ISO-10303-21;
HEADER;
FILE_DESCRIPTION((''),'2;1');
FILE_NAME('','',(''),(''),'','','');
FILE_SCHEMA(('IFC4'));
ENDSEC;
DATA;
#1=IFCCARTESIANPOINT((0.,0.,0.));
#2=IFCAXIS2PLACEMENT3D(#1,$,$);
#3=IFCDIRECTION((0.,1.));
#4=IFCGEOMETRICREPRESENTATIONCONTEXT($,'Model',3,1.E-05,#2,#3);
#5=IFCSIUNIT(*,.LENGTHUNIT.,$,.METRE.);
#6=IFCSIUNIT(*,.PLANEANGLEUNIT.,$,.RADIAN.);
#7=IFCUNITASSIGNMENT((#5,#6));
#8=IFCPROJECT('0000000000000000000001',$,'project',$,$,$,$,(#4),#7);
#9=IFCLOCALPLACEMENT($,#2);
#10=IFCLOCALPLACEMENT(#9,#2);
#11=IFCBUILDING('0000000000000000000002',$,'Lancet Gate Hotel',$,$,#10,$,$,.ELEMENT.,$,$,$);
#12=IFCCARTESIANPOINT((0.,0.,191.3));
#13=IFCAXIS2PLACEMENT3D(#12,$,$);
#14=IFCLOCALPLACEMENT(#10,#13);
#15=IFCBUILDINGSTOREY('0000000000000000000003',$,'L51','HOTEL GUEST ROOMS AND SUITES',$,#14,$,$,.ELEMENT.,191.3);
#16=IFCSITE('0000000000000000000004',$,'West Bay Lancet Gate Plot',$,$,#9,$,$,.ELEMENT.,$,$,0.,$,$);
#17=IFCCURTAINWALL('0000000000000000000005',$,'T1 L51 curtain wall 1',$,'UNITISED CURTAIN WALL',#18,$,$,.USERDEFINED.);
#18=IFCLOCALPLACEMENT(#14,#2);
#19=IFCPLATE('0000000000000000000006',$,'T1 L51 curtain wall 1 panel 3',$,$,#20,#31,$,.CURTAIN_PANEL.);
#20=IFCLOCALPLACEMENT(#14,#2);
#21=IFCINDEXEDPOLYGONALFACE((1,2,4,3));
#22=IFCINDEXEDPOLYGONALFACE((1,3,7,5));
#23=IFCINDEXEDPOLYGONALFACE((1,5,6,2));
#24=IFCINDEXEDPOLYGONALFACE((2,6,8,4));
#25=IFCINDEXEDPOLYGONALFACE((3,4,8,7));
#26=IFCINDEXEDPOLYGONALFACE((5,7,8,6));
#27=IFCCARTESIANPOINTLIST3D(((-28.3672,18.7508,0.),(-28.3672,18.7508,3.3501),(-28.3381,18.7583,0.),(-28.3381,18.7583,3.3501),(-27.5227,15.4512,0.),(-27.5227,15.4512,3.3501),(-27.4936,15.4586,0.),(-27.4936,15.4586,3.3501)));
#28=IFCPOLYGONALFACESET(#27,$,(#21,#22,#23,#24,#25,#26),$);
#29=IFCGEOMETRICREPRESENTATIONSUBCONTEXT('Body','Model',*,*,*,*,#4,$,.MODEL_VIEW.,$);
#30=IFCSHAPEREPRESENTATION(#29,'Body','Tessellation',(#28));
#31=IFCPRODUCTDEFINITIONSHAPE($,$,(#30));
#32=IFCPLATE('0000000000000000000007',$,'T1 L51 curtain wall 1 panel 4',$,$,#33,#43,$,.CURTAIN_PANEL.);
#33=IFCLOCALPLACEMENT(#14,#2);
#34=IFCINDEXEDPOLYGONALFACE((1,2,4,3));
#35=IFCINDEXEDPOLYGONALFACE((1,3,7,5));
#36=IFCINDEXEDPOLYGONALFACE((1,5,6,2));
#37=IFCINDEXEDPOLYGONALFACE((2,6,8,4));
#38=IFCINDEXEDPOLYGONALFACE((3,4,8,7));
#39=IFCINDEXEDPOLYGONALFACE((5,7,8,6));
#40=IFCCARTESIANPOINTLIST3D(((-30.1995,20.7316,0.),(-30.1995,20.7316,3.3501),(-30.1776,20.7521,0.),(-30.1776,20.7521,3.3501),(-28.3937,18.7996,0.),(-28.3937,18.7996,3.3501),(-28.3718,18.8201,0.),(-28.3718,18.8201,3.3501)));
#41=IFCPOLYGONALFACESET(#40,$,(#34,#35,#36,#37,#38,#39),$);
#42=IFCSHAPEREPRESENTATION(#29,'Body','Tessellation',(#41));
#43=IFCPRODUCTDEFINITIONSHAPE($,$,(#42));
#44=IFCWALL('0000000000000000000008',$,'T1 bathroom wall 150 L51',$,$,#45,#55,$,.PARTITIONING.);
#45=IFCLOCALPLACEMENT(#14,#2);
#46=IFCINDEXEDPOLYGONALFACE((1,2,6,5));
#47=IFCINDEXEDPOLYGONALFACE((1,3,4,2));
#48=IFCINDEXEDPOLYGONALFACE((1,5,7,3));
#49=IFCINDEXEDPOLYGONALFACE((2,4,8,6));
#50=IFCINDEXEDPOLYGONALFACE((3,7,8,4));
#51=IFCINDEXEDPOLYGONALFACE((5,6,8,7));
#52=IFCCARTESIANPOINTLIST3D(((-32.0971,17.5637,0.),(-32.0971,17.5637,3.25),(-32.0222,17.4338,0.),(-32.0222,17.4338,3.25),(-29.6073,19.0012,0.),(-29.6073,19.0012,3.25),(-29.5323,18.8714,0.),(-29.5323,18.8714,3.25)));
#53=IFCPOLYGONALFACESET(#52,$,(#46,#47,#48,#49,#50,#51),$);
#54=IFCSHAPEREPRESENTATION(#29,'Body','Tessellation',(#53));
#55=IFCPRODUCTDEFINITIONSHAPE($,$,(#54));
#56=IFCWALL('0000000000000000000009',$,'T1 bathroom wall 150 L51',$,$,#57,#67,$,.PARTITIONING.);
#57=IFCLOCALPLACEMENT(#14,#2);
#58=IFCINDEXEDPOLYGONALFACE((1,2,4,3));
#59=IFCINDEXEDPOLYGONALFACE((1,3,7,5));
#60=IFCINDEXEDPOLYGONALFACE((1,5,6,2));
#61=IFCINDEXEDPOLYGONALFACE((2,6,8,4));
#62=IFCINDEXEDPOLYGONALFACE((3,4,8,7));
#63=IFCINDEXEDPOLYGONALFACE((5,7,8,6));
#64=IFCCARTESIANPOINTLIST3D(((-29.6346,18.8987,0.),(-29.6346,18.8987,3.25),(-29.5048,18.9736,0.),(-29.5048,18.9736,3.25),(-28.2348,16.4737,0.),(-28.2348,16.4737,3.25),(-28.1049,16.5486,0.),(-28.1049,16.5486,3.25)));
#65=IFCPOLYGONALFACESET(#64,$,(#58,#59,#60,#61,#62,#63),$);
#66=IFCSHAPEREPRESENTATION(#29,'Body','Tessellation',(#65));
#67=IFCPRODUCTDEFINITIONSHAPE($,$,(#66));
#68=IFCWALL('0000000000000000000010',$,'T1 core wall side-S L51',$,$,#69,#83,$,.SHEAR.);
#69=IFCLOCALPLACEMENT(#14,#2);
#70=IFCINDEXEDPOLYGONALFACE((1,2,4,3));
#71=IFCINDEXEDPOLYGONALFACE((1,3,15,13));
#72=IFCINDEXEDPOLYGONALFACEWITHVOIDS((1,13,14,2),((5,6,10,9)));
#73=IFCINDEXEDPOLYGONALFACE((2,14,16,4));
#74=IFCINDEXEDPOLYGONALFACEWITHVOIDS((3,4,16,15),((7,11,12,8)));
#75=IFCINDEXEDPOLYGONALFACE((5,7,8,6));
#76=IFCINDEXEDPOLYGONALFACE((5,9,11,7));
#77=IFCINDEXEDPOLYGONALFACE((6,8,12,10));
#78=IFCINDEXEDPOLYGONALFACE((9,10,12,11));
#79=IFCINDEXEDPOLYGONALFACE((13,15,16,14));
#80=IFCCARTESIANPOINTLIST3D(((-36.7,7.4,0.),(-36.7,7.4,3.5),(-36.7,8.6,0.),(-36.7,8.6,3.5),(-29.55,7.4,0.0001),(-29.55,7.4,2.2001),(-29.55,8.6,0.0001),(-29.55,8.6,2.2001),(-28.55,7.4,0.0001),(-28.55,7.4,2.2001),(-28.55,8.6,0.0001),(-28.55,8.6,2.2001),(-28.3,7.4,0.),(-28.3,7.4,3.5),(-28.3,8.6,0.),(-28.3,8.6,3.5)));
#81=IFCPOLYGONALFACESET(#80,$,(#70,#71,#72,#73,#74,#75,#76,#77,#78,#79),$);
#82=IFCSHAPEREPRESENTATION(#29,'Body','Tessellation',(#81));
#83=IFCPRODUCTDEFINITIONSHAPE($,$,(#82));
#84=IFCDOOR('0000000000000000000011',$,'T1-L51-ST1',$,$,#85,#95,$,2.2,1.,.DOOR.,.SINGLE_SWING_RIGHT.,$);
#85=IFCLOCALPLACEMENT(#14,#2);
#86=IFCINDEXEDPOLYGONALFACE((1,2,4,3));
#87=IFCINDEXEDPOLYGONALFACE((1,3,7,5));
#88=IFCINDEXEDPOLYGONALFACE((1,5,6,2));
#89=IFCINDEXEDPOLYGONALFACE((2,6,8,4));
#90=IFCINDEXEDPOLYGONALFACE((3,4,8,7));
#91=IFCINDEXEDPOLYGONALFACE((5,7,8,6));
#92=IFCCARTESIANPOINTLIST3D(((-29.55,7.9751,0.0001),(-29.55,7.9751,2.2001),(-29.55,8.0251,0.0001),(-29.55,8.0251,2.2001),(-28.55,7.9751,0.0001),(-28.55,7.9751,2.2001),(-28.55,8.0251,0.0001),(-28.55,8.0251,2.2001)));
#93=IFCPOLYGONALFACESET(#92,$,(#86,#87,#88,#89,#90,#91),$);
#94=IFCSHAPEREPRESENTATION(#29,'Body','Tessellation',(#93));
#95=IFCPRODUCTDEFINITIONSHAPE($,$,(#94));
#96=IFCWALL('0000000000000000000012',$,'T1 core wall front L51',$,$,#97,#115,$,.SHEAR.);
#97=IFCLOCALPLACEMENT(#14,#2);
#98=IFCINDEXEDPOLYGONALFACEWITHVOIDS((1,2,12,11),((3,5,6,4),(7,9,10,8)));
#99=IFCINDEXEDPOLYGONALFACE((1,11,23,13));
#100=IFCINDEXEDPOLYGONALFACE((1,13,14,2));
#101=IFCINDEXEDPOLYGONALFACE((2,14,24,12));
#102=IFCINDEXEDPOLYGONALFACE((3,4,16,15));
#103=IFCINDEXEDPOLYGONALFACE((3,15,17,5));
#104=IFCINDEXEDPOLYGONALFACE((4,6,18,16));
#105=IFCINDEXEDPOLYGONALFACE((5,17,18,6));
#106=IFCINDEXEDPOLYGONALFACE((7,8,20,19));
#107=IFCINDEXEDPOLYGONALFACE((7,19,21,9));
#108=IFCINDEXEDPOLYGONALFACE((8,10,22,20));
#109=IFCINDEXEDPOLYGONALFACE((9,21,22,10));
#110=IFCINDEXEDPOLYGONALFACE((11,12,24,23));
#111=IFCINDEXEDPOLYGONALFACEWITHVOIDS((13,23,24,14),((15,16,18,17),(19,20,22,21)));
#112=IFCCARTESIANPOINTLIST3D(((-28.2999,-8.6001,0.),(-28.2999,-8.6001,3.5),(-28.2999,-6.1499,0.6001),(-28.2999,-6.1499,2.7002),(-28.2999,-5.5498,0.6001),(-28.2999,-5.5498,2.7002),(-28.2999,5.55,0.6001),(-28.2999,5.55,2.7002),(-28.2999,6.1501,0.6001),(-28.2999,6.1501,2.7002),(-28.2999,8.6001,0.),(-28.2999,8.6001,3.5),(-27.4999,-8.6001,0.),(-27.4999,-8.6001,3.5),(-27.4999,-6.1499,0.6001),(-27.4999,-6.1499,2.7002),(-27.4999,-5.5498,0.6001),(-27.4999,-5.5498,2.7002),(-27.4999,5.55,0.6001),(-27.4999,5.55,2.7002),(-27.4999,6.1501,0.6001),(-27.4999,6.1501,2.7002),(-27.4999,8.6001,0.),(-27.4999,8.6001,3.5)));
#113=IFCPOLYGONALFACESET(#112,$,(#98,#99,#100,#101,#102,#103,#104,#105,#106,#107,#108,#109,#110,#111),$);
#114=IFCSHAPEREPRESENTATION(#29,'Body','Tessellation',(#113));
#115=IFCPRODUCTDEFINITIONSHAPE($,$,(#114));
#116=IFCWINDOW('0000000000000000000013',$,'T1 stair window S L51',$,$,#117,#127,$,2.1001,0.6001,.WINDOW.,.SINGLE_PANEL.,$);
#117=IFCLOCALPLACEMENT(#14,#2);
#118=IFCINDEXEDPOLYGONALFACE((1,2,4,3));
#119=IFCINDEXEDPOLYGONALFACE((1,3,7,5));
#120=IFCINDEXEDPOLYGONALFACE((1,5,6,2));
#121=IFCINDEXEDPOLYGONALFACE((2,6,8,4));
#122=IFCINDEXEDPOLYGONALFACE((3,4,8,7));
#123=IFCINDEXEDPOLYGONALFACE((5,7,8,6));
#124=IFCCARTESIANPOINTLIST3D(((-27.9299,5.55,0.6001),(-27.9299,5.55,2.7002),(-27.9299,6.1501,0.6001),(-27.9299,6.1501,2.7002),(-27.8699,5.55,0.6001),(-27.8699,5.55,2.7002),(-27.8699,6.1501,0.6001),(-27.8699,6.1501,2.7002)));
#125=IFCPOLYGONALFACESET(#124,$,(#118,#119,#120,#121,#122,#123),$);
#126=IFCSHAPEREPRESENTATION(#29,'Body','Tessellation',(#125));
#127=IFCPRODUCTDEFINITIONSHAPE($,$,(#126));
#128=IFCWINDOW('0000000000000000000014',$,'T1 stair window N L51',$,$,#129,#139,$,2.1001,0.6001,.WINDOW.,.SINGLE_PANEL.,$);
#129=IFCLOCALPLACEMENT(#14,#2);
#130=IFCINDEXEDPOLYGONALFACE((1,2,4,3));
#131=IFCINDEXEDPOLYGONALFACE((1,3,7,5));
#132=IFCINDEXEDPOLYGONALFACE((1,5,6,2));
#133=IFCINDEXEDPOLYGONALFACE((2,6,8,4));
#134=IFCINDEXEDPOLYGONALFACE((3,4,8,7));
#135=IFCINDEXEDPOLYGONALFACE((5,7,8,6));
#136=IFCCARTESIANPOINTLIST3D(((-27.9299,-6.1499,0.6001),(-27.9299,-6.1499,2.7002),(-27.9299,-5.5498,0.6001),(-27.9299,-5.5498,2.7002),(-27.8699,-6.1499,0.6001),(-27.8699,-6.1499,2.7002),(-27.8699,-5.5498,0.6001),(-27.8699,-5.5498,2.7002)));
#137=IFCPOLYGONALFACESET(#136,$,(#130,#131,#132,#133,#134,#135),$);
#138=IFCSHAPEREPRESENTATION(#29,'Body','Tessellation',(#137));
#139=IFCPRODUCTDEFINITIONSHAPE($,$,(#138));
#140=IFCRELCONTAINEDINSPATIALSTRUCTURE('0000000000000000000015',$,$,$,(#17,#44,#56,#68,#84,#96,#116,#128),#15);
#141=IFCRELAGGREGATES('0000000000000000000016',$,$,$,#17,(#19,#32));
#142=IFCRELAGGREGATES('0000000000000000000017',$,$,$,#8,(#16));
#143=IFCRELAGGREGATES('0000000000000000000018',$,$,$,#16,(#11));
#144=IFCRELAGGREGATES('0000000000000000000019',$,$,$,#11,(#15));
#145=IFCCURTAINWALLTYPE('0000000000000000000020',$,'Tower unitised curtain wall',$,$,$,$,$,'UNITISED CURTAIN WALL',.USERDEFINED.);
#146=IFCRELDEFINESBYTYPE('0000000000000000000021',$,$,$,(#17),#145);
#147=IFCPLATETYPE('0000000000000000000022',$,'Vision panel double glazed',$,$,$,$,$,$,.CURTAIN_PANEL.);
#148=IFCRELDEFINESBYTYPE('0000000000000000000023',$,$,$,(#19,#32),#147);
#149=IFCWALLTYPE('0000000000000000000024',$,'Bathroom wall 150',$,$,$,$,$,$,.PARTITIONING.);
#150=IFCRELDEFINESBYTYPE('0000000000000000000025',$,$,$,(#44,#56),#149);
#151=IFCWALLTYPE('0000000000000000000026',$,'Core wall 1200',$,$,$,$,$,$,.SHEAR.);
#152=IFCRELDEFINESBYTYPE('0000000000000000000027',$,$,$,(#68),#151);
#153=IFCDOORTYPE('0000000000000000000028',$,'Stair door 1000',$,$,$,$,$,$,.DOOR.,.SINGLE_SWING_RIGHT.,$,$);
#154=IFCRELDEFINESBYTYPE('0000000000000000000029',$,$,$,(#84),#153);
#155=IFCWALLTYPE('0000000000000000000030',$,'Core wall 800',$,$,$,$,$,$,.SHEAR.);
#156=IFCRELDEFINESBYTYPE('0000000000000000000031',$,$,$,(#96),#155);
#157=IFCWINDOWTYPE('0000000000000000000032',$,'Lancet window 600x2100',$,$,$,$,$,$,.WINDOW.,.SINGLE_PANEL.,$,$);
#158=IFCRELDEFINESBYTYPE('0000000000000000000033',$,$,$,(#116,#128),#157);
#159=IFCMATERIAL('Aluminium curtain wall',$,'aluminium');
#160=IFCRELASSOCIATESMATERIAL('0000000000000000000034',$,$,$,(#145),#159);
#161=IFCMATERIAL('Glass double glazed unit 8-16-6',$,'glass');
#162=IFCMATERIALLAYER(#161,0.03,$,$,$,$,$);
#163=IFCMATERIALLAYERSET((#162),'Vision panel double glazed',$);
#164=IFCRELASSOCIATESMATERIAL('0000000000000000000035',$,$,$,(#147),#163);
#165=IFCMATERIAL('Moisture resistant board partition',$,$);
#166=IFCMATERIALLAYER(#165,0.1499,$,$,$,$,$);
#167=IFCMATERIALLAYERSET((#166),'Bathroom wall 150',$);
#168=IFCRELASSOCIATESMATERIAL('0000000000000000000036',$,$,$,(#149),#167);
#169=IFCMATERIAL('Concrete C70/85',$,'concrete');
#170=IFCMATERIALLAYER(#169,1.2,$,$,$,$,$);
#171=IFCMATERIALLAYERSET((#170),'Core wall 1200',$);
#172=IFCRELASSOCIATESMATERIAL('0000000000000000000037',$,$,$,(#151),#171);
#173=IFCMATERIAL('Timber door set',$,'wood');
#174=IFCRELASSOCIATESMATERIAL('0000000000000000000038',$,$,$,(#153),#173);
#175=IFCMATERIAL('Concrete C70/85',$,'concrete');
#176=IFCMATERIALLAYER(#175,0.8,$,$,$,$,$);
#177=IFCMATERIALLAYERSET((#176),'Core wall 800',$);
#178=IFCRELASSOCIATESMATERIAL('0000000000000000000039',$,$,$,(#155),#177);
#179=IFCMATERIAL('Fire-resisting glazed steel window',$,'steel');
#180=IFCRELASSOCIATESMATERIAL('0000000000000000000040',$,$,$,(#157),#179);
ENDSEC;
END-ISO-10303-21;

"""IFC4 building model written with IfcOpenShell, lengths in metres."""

from ifc_helpers import new_model, si_unit, direction, frame, frame_2d, origin, origin_2d, place, context, subcontext, project, spatial, rectangle, extrude, material, layer, layer_set, type_object, element, fill, aggregate, save


model = new_model("IFC4")

# Units and contexts
model_context = context("Model", 3, precision=1e-05, world=origin(), true_north=direction((0.0, 1.0)))
body_context = subcontext(model_context, "Body", "Model", "MODEL_VIEW")
ifc_project = project(units=[si_unit("LENGTHUNIT", "METRE"), si_unit("PLANEANGLEUNIT", "RADIAN")], contexts=[model_context])

# Site, building, storey
site_placement = place(None, origin())
site = spatial("IfcSite", under=ifc_project, at=site_placement, Name="West Bay Lancet Gate Plot", CompositionType="ELEMENT", RefElevation=0.0)
building_placement = place(site_placement, origin())
building = spatial("IfcBuilding", under=site, at=building_placement, Name="Lancet Gate Hotel", CompositionType="ELEMENT")
storey_placement = place(building_placement, frame((0.0, 0.0, 191.3)))
storey = spatial("IfcBuildingStorey", under=building, at=storey_placement, Name="L51", Description="HOTEL GUEST ROOMS AND SUITES", CompositionType="ELEMENT", Elevation=191.3)

# Curtain wall
ifc_material_1 = material(Name="Aluminium curtain wall", Category="aluminium")
curtain_wall_type = type_object("IfcCurtainWallType", Name="Tower unitised curtain wall", ElementType="UNITISED CURTAIN WALL", PredefinedType="USERDEFINED", material=ifc_material_1)
curtain_wall_placement = place(storey_placement, origin())
curtain_wall = element("IfcCurtainWall", 1, at=curtain_wall_placement, inside=storey, type_object=curtain_wall_type, Name="T1 L51 curtain wall 1", ObjectType="UNITISED CURTAIN WALL", PredefinedType="USERDEFINED")

# Plates
ifc_material_2 = material(Name="Glass double glazed unit 8-16-6", Category="glass")
ifc_layer_1 = layer(ifc_material_2, 0.03)
ifc_layer_set_1 = layer_set([ifc_layer_1], Name="Vision panel double glazed")
plate_type = type_object("IfcPlateType", Name="Vision panel double glazed", PredefinedType="CURTAIN_PANEL", material=ifc_layer_set_1)
plate_1_placement = place(storey_placement, frame((-27.9304, 17.1047, 0.0), z_axis=(0.0, 0.0, 1.0), x_axis=(-0.247937, 0.968776, 0.0)))
plate_1 = element("IfcPlate", 2, at=plate_1_placement, type_object=plate_type, Name="T1 L51 curtain wall 1 panel 3", PredefinedType="CURTAIN_PANEL", context=body_context, shape_type="SweptSolid", body=[
    extrude(rectangle(XDim=3.406, YDim=0.03, at=origin_2d()), origin(), (0.0, 0.0, 1.0), 3.3501),
])
plate_2_placement = place(storey_placement, frame((-29.2856, 19.7759, 0.0), z_axis=(0.0, 0.0, 1.0), x_axis=(-0.682845, 0.730563, 0.0)))
plate_2 = element("IfcPlate", 3, at=plate_2_placement, type_object=plate_type, Name="T1 L51 curtain wall 1 panel 4", PredefinedType="CURTAIN_PANEL", context=body_context, shape_type="SweptSolid", body=[
    extrude(rectangle(XDim=2.6445, YDim=0.03, at=origin_2d()), origin(), (0.0, 0.0, 1.0), 3.3501),
])
aggregate(curtain_wall, [plate_1, plate_2])

# Walls
ifc_material_3 = material(Name="Moisture resistant board partition")
ifc_layer_2 = layer(ifc_material_3, 0.1499)
ifc_layer_set_2 = layer_set([ifc_layer_2], Name="Bathroom wall 150")
wall_type_1 = type_object("IfcWallType", Name="Bathroom wall 150", PredefinedType="PARTITIONING", material=ifc_layer_set_2)
wall_1_placement = place(storey_placement, frame((-29.5698, 18.9363, 0.0), z_axis=(0.0, 0.0, 1.0), x_axis=(-0.866019, -0.500012, 0.0)))
element("IfcWall", 4, at=wall_1_placement, inside=storey, type_object=wall_type_1, Name="T1 bathroom wall 150 L51", PredefinedType="PARTITIONING", context=body_context, shape_type="SweptSolid", body=[
    extrude(rectangle(XDim=2.875, YDim=0.1499, at=frame_2d((1.4375, 0.0))), origin(), (0.0, 0.0, 1.0), 3.25),
])
wall_2_placement = place(storey_placement, frame((-28.1699, 16.5112, 0.0), z_axis=(0.0, 0.0, 1.0), x_axis=(-0.499946, 0.866056, 0.0)))
element("IfcWall", 5, at=wall_2_placement, inside=storey, type_object=wall_type_1, Name="T1 bathroom wall 150 L51", PredefinedType="PARTITIONING", context=body_context, shape_type="SweptSolid", body=[
    extrude(rectangle(XDim=2.8, YDim=0.1499, at=frame_2d((1.3999, 0.0))), origin(), (0.0, 0.0, 1.0), 3.25),
])

# Wall, opening, door
ifc_material_4 = material(Name="Concrete C70/85", Category="concrete")
ifc_layer_3 = layer(ifc_material_4, 1.2)
ifc_layer_set_3 = layer_set([ifc_layer_3], Name="Core wall 1200")
wall_type_2 = type_object("IfcWallType", Name="Core wall 1200", PredefinedType="SHEAR", material=ifc_layer_set_3)
wall_3_placement = place(storey_placement, frame((-28.3, 8.0, 0.0), z_axis=(0.0, 0.0, 1.0), x_axis=(-1.0, 0.0, 0.0)))
wall_3 = element("IfcWall", 6, at=wall_3_placement, inside=storey, type_object=wall_type_2, Name="T1 core wall side-S L51", PredefinedType="SHEAR", context=body_context, shape_type="SweptSolid", body=[
    extrude(rectangle(XDim=8.3999, YDim=1.2, at=frame_2d((4.2, 0.0))), origin(), (0.0, 0.0, 1.0), 3.5),
])
opening_1_placement = place(wall_3_placement, frame((0.25, 0.0, 0.0)))
opening_1 = element("IfcOpeningElement", 7, at=opening_1_placement, cuts=wall_3, PredefinedType="OPENING", context=body_context, shape_type="SweptSolid", body=[
    extrude(rectangle(XDim=1.0, YDim=2.2, at=frame_2d((0.5, 1.1001))), frame((0.0, 0.6099, 0.0), z_axis=(0.0, -1.0, 0.0), x_axis=(1.0, 0.0, 0.0)), (0.0, 0.0, 1.0), 1.22),
])
ifc_material_5 = material(Name="Timber door set", Category="wood")
door_type_1 = type_object("IfcDoorType", Name="Stair door 1000", OperationType="SINGLE_SWING_RIGHT", PredefinedType="DOOR", material=ifc_material_5)
door_1_placement = place(opening_1_placement, origin())
door_1 = element("IfcDoor", 8, at=door_1_placement, inside=storey, type_object=door_type_1, Name="T1-L51-ST1", OperationType="SINGLE_SWING_RIGHT", OverallHeight=2.2, OverallWidth=1.0, PredefinedType="DOOR", context=body_context, shape_type="SweptSolid", body=[
    extrude(rectangle(XDim=1.0, YDim=2.2, at=frame_2d((0.5, 1.1001))), frame((0.0, 0.0249, 0.0), z_axis=(0.0, -1.0, 0.0), x_axis=(1.0, 0.0, 0.0)), (0.0, 0.0, 1.0), 0.05),
])
fill(opening_1, door_1)

# Wall, openings, windows
ifc_material_6 = material(Name="Concrete C70/85", Category="concrete")
ifc_layer_4 = layer(ifc_material_6, 0.8)
ifc_layer_set_4 = layer_set([ifc_layer_4], Name="Core wall 800")
wall_type_3 = type_object("IfcWallType", Name="Core wall 800", PredefinedType="SHEAR", material=ifc_layer_set_4)
wall_4_placement = place(storey_placement, frame((-27.8999, 8.6001, 0.0), z_axis=(0.0, 0.0, 1.0), x_axis=(0.0, -1.0, 0.0)))
wall_4 = element("IfcWall", 9, at=wall_4_placement, inside=storey, type_object=wall_type_3, Name="T1 core wall front L51", PredefinedType="SHEAR", context=body_context, shape_type="SweptSolid", body=[
    extrude(rectangle(XDim=17.2002, YDim=0.8, at=frame_2d((8.6001, 0.0))), origin(), (0.0, 0.0, 1.0), 3.5),
])
opening_2_placement = place(wall_4_placement, frame((2.45, 0.0, 0.6001)))
opening_2 = element("IfcOpeningElement", 10, at=opening_2_placement, cuts=wall_4, PredefinedType="OPENING", context=body_context, shape_type="SweptSolid", body=[
    extrude(rectangle(XDim=0.6001, YDim=2.1001, at=frame_2d((0.3, 1.05))), frame((0.0, 0.4099, 0.0), z_axis=(0.0, -1.0, 0.0), x_axis=(1.0, 0.0, 0.0)), (0.0, 0.0, 1.0), 0.8201),
])
opening_3_placement = place(wall_4_placement, frame((14.1499, 0.0, 0.6001)))
opening_3 = element("IfcOpeningElement", 11, at=opening_3_placement, cuts=wall_4, PredefinedType="OPENING", context=body_context, shape_type="SweptSolid", body=[
    extrude(rectangle(XDim=0.6001, YDim=2.1001, at=frame_2d((0.3, 1.05))), frame((0.0, 0.4099, 0.0), z_axis=(0.0, -1.0, 0.0), x_axis=(1.0, 0.0, 0.0)), (0.0, 0.0, 1.0), 0.8201),
])
ifc_material_7 = material(Name="Fire-resisting glazed steel window", Category="steel")
window_type = type_object("IfcWindowType", Name="Lancet window 600x2100", PartitioningType="SINGLE_PANEL", PredefinedType="WINDOW", material=ifc_material_7)
window_1_placement = place(opening_2_placement, origin())
window_1 = element("IfcWindow", 12, at=window_1_placement, inside=storey, type_object=window_type, Name="T1 stair window S L51", OverallHeight=2.1001, OverallWidth=0.6001, PartitioningType="SINGLE_PANEL", PredefinedType="WINDOW", context=body_context, shape_type="SweptSolid", body=[
    extrude(rectangle(XDim=0.6001, YDim=2.1001, at=frame_2d((0.3, 1.05))), frame((0.0, 0.03, 0.0), z_axis=(0.0, -1.0, 0.0), x_axis=(1.0, 0.0, 0.0)), (0.0, 0.0, 1.0), 0.0601),
])
fill(opening_2, window_1)
window_2_placement = place(opening_3_placement, origin())
window_2 = element("IfcWindow", 13, at=window_2_placement, inside=storey, type_object=window_type, Name="T1 stair window N L51", OverallHeight=2.1001, OverallWidth=0.6001, PartitioningType="SINGLE_PANEL", PredefinedType="WINDOW", context=body_context, shape_type="SweptSolid", body=[
    extrude(rectangle(XDim=0.6001, YDim=2.1001, at=frame_2d((0.3, 1.05))), frame((0.0, 0.03, 0.0), z_axis=(0.0, -1.0, 0.0), x_axis=(1.0, 0.0, 0.0)), (0.0, 0.0, 1.0), 0.0601),
])
fill(opening_3, window_2)

save(model, "model.ifc")
